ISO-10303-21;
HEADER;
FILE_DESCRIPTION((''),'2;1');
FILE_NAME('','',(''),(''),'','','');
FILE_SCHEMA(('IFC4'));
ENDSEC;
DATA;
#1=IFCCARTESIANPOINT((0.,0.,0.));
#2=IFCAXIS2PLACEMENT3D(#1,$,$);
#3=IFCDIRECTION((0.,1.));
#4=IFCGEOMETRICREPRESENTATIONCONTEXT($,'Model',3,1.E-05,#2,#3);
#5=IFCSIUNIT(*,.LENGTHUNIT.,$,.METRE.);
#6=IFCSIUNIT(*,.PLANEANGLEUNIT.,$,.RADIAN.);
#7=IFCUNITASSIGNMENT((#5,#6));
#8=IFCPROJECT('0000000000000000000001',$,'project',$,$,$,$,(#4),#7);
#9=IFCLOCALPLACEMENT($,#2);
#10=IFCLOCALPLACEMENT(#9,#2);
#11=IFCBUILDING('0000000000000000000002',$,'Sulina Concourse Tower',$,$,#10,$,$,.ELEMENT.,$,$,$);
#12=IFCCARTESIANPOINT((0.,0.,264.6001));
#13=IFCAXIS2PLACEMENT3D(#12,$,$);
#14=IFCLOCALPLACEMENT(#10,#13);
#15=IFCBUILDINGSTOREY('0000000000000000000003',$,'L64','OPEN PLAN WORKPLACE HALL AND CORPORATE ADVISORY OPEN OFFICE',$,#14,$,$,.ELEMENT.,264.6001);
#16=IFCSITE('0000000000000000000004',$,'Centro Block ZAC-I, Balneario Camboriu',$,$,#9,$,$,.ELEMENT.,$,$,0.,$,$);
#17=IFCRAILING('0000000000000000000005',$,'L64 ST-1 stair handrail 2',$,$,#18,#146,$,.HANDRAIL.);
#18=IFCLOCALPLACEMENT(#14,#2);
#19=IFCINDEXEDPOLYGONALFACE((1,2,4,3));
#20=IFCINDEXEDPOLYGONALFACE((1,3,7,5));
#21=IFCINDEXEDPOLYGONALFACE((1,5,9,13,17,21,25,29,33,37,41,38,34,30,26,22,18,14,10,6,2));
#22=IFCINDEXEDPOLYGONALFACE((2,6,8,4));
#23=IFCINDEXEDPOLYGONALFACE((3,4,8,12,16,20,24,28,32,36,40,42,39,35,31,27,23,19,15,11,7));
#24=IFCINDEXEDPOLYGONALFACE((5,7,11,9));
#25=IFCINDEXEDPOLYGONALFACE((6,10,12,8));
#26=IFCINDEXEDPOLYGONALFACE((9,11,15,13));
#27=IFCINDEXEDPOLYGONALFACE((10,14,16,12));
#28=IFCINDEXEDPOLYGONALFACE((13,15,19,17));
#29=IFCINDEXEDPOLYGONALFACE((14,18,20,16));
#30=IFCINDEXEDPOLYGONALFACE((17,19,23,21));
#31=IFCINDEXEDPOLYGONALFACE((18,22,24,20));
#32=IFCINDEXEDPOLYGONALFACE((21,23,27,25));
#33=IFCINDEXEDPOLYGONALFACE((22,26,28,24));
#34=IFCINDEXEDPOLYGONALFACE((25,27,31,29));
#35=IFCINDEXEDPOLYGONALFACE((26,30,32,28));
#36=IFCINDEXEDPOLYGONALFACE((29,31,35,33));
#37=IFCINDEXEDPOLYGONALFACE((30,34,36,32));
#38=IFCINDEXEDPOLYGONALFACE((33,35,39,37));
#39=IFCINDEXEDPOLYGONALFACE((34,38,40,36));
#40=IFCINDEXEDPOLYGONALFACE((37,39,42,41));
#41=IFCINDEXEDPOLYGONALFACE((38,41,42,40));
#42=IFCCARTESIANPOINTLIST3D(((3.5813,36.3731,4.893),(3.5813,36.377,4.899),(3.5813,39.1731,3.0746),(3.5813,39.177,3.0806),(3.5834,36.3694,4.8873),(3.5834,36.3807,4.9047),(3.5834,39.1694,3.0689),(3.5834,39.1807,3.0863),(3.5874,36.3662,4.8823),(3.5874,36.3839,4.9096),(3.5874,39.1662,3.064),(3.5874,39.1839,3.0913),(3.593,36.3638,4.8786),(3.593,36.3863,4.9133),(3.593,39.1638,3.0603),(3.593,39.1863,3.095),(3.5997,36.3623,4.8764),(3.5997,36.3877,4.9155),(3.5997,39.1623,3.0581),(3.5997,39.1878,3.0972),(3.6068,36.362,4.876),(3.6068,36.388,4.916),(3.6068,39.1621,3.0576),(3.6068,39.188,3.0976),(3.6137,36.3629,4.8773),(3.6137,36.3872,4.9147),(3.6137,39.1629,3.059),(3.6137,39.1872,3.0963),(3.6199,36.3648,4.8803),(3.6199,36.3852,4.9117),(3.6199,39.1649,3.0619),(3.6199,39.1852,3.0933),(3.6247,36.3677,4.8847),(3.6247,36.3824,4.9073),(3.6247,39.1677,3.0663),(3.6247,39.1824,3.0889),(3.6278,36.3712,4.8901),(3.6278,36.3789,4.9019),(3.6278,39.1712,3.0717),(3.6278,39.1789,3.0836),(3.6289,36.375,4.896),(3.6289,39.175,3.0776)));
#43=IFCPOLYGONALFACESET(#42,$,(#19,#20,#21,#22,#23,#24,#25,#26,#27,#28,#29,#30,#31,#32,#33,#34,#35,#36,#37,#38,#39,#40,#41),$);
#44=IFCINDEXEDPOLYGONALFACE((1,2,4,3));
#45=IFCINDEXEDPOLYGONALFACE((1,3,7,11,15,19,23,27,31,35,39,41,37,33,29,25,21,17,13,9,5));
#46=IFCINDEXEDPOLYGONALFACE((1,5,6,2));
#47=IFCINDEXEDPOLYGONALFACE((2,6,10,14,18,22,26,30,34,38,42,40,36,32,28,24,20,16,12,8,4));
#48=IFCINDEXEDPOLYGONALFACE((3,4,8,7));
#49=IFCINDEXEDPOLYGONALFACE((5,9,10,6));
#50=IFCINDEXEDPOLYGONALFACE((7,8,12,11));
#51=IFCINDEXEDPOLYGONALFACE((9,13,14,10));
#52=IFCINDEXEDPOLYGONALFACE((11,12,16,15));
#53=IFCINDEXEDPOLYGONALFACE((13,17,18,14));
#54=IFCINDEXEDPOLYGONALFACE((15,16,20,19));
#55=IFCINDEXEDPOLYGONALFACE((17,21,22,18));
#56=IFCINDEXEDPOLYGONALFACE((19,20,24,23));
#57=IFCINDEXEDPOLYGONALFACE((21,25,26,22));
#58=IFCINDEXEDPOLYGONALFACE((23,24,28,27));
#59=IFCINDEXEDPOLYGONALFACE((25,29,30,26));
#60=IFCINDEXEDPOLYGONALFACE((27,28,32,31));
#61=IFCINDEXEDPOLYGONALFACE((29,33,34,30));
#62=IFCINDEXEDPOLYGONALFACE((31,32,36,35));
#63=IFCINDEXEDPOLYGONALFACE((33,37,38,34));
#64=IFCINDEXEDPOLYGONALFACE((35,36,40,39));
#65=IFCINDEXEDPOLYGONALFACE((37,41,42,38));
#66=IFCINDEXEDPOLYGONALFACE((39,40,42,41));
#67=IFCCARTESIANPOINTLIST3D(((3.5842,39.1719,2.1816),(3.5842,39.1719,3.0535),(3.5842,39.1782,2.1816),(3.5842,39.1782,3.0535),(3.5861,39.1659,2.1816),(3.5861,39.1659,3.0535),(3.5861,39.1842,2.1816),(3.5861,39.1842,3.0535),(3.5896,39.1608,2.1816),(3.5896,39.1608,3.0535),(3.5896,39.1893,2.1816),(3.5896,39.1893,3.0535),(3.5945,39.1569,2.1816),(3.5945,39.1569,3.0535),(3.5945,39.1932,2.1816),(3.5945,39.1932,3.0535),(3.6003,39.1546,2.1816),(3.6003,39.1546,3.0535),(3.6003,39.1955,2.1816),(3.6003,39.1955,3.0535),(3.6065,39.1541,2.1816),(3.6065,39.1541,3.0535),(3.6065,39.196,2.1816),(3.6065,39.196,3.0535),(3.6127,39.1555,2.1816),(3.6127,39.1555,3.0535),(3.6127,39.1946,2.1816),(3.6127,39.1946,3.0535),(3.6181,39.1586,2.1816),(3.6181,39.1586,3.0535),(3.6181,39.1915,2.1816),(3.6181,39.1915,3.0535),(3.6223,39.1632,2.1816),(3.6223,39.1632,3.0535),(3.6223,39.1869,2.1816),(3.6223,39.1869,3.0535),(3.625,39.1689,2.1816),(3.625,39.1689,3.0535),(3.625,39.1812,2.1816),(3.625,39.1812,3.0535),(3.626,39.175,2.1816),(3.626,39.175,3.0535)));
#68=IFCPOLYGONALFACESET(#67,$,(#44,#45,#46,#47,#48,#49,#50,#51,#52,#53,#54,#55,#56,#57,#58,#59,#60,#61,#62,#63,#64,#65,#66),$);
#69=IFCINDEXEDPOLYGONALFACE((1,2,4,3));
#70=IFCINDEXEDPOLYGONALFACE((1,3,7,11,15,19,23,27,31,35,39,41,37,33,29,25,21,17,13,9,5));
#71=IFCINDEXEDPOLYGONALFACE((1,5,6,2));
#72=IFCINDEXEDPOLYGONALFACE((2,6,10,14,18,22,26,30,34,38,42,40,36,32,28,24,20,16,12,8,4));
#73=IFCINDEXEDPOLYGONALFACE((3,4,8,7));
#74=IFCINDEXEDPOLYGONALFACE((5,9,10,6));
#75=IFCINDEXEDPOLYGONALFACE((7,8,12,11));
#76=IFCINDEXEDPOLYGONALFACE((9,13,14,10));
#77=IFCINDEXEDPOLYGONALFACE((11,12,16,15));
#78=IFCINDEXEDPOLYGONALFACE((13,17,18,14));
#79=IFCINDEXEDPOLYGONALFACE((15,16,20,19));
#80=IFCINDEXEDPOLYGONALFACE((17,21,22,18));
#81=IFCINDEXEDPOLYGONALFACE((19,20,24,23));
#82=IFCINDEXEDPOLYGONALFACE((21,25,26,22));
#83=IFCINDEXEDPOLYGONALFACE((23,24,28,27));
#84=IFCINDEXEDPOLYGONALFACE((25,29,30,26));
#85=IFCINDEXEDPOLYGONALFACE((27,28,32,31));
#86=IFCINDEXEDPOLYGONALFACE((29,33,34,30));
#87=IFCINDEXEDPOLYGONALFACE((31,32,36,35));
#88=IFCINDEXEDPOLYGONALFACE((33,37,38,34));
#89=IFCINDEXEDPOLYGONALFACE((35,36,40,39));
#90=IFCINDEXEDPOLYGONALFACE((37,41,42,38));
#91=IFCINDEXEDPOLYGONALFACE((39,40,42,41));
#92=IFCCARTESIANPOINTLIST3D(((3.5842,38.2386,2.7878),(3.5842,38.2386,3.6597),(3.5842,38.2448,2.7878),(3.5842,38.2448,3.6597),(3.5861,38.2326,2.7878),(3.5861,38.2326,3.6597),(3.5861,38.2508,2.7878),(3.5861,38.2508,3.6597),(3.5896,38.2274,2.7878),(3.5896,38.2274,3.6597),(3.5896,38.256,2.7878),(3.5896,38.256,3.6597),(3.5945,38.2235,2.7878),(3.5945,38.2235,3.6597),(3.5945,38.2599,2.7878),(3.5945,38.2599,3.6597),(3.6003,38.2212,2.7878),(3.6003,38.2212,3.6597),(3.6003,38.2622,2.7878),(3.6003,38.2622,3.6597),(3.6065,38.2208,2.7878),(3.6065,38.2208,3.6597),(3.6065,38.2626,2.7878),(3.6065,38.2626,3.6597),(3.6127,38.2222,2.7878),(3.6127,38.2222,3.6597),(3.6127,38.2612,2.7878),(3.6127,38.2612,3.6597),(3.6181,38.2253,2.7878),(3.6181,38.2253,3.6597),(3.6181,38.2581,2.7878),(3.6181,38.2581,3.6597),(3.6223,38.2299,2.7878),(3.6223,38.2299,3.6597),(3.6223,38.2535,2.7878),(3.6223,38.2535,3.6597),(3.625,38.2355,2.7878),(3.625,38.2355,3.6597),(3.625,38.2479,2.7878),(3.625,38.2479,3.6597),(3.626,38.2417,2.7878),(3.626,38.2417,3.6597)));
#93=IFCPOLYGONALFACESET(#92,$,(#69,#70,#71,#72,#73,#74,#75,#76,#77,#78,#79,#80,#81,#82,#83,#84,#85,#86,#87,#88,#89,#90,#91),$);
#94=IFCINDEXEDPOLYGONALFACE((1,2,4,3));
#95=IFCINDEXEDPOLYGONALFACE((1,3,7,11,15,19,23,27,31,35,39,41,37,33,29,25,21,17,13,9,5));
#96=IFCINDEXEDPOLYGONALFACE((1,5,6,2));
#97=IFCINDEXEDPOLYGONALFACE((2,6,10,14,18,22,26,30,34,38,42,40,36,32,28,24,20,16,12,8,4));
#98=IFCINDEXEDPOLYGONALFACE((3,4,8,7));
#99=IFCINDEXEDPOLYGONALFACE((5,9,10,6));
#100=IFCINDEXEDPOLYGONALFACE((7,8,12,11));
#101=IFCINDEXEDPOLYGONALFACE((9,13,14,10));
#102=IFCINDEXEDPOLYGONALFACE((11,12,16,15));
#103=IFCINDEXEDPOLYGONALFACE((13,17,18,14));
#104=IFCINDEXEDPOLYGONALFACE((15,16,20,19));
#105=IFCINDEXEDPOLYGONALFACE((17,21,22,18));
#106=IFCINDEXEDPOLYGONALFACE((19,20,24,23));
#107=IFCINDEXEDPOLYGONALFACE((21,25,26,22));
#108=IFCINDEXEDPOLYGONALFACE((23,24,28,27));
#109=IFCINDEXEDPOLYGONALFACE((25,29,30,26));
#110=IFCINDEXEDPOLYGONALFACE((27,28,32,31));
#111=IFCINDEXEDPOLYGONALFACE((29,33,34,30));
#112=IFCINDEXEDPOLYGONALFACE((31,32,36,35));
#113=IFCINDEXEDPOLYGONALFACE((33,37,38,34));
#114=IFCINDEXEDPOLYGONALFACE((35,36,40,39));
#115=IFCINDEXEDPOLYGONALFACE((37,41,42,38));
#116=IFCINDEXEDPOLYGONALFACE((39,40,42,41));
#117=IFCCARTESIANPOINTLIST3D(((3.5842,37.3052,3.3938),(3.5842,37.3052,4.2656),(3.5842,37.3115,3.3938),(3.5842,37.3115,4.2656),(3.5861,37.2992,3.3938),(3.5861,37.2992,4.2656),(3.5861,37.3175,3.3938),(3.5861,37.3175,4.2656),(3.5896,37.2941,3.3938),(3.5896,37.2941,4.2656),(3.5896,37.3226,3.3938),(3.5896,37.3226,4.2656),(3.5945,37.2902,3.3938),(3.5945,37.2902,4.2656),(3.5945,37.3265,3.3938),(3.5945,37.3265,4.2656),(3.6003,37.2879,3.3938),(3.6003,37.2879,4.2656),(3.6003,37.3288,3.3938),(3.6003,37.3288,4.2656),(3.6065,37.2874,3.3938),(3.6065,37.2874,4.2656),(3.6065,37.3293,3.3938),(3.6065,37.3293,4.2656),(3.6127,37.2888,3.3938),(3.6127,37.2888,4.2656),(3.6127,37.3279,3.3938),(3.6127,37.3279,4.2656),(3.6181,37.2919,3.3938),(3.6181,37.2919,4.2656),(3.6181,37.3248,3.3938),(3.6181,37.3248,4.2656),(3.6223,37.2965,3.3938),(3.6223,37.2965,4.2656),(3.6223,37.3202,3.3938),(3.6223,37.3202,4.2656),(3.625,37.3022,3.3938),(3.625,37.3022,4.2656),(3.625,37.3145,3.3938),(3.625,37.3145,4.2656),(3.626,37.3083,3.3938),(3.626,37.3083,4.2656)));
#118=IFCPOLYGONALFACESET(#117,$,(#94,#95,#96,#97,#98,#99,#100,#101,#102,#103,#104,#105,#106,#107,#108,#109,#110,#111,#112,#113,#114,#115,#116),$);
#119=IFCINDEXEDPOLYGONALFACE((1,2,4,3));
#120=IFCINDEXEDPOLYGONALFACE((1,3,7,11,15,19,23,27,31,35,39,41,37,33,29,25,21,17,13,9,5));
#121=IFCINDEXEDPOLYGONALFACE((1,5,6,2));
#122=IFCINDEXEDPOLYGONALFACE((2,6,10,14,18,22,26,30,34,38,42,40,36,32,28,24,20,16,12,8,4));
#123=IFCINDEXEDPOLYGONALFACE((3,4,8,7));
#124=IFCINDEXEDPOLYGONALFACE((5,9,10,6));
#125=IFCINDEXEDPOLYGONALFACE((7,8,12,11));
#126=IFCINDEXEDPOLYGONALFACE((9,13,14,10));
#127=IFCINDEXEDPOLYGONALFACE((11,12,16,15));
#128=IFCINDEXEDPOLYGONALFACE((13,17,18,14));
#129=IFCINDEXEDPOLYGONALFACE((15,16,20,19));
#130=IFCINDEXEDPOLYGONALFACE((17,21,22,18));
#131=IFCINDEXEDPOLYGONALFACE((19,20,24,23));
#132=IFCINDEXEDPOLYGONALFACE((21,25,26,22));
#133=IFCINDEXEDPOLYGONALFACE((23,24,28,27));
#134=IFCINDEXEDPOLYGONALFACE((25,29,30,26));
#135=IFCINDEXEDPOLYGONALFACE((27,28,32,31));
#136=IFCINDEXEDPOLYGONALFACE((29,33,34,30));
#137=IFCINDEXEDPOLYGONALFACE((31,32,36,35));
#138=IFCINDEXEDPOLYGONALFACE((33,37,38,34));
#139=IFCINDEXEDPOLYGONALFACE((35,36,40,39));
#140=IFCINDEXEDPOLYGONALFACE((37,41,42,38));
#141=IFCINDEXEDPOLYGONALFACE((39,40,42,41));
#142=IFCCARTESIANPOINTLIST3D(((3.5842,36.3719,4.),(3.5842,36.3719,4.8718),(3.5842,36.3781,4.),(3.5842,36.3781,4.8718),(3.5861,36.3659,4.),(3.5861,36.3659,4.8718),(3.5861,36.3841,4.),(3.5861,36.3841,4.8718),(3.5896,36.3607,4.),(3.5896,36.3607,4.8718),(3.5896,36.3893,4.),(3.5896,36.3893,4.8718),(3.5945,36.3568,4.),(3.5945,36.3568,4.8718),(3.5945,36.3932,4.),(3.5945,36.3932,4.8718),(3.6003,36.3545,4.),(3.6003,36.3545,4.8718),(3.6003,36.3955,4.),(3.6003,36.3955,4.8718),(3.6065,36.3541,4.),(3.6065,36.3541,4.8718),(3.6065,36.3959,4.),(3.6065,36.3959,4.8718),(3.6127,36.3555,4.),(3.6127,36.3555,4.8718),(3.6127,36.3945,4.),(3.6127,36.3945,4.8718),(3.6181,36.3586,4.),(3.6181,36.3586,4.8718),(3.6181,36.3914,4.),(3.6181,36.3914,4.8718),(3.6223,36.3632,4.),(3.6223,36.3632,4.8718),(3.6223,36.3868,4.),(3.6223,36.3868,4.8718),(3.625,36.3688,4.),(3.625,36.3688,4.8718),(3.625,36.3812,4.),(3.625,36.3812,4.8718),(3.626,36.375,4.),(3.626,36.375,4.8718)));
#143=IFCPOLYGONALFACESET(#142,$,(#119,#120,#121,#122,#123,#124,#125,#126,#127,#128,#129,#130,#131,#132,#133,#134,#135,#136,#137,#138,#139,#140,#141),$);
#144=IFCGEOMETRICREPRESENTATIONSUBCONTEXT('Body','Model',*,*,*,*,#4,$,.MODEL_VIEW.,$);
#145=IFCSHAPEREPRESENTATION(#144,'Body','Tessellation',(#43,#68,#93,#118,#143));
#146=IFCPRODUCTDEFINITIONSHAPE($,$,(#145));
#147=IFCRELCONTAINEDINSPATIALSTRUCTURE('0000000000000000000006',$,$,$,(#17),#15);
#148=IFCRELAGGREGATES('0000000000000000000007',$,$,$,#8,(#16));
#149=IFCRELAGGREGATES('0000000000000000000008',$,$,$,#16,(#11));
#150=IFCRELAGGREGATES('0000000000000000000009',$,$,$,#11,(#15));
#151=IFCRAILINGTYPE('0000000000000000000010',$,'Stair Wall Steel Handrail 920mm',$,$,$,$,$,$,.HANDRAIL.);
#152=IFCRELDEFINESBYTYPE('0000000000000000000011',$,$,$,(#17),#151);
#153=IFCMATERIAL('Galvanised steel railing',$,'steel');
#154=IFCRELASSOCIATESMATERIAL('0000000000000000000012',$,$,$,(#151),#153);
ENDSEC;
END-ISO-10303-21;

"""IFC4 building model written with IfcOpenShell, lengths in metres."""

from ifc_helpers import new_model, si_unit, direction, frame, origin, origin_2d, place, context, subcontext, project, spatial, circle, extrude, material, type_object, element, save


model = new_model("IFC4")

# Units and contexts
model_context = context("Model", 3, precision=1e-05, world=origin(), true_north=direction((0.0, 1.0)))
body_context = subcontext(model_context, "Body", "Model", "MODEL_VIEW")
ifc_project = project(units=[si_unit("LENGTHUNIT", "METRE"), si_unit("PLANEANGLEUNIT", "RADIAN")], contexts=[model_context])

# Site, building, storey
site_placement = place(None, origin())
site = spatial("IfcSite", under=ifc_project, at=site_placement, Name="Centro Block ZAC-I, Balneario Camboriu", CompositionType="ELEMENT", RefElevation=0.0)
building_placement = place(site_placement, origin())
building = spatial("IfcBuilding", under=site, at=building_placement, Name="Sulina Concourse Tower", CompositionType="ELEMENT")
storey_placement = place(building_placement, frame((0.0, 0.0, 264.6001)))
storey = spatial("IfcBuildingStorey", under=building, at=storey_placement, Name="L64", Description="OPEN PLAN WORKPLACE HALL AND CORPORATE ADVISORY OPEN OFFICE", CompositionType="ELEMENT", Elevation=264.6001)

# Railing
ifc_material_1 = material(Name="Galvanised steel railing", Category="steel")
railing_type_1 = type_object("IfcRailingType", Name="Stair Wall Steel Handrail 920mm", PredefinedType="HANDRAIL", material=ifc_material_1)
railing_1_placement = place(storey_placement, frame((3.605, 39.175, 2.1816)))
element("IfcRailing", 1, at=railing_1_placement, inside=storey, type_object=railing_type_1, Name="L64 ST-1 stair handrail 2", PredefinedType="HANDRAIL", context=body_context, shape_type="SweptSolid", body=[
    extrude(circle(Radius=0.0239, at=origin_2d()), frame((0.0, 0.0, 0.896), z_axis=(0.0, -0.838672, 0.544636), x_axis=(1.0, 0.0, 0.0)), (0.0, 0.0, 1.0), 3.3386),
    extrude(circle(Radius=0.021, at=origin_2d()), origin(), (0.0, 0.0, 1.0), 0.8718),
    extrude(circle(Radius=0.021, at=origin_2d()), frame((0.0, -0.9333, 0.6062)), (0.0, 0.0, 1.0), 0.8718),
    extrude(circle(Radius=0.021, at=origin_2d()), frame((0.0, -1.8667, 1.2122)), (0.0, 0.0, 1.0), 0.8718),
    extrude(circle(Radius=0.021, at=origin_2d()), frame((0.0, -2.8, 1.8184)), (0.0, 0.0, 1.0), 0.8718),
])

save(model, "model.ifc")
